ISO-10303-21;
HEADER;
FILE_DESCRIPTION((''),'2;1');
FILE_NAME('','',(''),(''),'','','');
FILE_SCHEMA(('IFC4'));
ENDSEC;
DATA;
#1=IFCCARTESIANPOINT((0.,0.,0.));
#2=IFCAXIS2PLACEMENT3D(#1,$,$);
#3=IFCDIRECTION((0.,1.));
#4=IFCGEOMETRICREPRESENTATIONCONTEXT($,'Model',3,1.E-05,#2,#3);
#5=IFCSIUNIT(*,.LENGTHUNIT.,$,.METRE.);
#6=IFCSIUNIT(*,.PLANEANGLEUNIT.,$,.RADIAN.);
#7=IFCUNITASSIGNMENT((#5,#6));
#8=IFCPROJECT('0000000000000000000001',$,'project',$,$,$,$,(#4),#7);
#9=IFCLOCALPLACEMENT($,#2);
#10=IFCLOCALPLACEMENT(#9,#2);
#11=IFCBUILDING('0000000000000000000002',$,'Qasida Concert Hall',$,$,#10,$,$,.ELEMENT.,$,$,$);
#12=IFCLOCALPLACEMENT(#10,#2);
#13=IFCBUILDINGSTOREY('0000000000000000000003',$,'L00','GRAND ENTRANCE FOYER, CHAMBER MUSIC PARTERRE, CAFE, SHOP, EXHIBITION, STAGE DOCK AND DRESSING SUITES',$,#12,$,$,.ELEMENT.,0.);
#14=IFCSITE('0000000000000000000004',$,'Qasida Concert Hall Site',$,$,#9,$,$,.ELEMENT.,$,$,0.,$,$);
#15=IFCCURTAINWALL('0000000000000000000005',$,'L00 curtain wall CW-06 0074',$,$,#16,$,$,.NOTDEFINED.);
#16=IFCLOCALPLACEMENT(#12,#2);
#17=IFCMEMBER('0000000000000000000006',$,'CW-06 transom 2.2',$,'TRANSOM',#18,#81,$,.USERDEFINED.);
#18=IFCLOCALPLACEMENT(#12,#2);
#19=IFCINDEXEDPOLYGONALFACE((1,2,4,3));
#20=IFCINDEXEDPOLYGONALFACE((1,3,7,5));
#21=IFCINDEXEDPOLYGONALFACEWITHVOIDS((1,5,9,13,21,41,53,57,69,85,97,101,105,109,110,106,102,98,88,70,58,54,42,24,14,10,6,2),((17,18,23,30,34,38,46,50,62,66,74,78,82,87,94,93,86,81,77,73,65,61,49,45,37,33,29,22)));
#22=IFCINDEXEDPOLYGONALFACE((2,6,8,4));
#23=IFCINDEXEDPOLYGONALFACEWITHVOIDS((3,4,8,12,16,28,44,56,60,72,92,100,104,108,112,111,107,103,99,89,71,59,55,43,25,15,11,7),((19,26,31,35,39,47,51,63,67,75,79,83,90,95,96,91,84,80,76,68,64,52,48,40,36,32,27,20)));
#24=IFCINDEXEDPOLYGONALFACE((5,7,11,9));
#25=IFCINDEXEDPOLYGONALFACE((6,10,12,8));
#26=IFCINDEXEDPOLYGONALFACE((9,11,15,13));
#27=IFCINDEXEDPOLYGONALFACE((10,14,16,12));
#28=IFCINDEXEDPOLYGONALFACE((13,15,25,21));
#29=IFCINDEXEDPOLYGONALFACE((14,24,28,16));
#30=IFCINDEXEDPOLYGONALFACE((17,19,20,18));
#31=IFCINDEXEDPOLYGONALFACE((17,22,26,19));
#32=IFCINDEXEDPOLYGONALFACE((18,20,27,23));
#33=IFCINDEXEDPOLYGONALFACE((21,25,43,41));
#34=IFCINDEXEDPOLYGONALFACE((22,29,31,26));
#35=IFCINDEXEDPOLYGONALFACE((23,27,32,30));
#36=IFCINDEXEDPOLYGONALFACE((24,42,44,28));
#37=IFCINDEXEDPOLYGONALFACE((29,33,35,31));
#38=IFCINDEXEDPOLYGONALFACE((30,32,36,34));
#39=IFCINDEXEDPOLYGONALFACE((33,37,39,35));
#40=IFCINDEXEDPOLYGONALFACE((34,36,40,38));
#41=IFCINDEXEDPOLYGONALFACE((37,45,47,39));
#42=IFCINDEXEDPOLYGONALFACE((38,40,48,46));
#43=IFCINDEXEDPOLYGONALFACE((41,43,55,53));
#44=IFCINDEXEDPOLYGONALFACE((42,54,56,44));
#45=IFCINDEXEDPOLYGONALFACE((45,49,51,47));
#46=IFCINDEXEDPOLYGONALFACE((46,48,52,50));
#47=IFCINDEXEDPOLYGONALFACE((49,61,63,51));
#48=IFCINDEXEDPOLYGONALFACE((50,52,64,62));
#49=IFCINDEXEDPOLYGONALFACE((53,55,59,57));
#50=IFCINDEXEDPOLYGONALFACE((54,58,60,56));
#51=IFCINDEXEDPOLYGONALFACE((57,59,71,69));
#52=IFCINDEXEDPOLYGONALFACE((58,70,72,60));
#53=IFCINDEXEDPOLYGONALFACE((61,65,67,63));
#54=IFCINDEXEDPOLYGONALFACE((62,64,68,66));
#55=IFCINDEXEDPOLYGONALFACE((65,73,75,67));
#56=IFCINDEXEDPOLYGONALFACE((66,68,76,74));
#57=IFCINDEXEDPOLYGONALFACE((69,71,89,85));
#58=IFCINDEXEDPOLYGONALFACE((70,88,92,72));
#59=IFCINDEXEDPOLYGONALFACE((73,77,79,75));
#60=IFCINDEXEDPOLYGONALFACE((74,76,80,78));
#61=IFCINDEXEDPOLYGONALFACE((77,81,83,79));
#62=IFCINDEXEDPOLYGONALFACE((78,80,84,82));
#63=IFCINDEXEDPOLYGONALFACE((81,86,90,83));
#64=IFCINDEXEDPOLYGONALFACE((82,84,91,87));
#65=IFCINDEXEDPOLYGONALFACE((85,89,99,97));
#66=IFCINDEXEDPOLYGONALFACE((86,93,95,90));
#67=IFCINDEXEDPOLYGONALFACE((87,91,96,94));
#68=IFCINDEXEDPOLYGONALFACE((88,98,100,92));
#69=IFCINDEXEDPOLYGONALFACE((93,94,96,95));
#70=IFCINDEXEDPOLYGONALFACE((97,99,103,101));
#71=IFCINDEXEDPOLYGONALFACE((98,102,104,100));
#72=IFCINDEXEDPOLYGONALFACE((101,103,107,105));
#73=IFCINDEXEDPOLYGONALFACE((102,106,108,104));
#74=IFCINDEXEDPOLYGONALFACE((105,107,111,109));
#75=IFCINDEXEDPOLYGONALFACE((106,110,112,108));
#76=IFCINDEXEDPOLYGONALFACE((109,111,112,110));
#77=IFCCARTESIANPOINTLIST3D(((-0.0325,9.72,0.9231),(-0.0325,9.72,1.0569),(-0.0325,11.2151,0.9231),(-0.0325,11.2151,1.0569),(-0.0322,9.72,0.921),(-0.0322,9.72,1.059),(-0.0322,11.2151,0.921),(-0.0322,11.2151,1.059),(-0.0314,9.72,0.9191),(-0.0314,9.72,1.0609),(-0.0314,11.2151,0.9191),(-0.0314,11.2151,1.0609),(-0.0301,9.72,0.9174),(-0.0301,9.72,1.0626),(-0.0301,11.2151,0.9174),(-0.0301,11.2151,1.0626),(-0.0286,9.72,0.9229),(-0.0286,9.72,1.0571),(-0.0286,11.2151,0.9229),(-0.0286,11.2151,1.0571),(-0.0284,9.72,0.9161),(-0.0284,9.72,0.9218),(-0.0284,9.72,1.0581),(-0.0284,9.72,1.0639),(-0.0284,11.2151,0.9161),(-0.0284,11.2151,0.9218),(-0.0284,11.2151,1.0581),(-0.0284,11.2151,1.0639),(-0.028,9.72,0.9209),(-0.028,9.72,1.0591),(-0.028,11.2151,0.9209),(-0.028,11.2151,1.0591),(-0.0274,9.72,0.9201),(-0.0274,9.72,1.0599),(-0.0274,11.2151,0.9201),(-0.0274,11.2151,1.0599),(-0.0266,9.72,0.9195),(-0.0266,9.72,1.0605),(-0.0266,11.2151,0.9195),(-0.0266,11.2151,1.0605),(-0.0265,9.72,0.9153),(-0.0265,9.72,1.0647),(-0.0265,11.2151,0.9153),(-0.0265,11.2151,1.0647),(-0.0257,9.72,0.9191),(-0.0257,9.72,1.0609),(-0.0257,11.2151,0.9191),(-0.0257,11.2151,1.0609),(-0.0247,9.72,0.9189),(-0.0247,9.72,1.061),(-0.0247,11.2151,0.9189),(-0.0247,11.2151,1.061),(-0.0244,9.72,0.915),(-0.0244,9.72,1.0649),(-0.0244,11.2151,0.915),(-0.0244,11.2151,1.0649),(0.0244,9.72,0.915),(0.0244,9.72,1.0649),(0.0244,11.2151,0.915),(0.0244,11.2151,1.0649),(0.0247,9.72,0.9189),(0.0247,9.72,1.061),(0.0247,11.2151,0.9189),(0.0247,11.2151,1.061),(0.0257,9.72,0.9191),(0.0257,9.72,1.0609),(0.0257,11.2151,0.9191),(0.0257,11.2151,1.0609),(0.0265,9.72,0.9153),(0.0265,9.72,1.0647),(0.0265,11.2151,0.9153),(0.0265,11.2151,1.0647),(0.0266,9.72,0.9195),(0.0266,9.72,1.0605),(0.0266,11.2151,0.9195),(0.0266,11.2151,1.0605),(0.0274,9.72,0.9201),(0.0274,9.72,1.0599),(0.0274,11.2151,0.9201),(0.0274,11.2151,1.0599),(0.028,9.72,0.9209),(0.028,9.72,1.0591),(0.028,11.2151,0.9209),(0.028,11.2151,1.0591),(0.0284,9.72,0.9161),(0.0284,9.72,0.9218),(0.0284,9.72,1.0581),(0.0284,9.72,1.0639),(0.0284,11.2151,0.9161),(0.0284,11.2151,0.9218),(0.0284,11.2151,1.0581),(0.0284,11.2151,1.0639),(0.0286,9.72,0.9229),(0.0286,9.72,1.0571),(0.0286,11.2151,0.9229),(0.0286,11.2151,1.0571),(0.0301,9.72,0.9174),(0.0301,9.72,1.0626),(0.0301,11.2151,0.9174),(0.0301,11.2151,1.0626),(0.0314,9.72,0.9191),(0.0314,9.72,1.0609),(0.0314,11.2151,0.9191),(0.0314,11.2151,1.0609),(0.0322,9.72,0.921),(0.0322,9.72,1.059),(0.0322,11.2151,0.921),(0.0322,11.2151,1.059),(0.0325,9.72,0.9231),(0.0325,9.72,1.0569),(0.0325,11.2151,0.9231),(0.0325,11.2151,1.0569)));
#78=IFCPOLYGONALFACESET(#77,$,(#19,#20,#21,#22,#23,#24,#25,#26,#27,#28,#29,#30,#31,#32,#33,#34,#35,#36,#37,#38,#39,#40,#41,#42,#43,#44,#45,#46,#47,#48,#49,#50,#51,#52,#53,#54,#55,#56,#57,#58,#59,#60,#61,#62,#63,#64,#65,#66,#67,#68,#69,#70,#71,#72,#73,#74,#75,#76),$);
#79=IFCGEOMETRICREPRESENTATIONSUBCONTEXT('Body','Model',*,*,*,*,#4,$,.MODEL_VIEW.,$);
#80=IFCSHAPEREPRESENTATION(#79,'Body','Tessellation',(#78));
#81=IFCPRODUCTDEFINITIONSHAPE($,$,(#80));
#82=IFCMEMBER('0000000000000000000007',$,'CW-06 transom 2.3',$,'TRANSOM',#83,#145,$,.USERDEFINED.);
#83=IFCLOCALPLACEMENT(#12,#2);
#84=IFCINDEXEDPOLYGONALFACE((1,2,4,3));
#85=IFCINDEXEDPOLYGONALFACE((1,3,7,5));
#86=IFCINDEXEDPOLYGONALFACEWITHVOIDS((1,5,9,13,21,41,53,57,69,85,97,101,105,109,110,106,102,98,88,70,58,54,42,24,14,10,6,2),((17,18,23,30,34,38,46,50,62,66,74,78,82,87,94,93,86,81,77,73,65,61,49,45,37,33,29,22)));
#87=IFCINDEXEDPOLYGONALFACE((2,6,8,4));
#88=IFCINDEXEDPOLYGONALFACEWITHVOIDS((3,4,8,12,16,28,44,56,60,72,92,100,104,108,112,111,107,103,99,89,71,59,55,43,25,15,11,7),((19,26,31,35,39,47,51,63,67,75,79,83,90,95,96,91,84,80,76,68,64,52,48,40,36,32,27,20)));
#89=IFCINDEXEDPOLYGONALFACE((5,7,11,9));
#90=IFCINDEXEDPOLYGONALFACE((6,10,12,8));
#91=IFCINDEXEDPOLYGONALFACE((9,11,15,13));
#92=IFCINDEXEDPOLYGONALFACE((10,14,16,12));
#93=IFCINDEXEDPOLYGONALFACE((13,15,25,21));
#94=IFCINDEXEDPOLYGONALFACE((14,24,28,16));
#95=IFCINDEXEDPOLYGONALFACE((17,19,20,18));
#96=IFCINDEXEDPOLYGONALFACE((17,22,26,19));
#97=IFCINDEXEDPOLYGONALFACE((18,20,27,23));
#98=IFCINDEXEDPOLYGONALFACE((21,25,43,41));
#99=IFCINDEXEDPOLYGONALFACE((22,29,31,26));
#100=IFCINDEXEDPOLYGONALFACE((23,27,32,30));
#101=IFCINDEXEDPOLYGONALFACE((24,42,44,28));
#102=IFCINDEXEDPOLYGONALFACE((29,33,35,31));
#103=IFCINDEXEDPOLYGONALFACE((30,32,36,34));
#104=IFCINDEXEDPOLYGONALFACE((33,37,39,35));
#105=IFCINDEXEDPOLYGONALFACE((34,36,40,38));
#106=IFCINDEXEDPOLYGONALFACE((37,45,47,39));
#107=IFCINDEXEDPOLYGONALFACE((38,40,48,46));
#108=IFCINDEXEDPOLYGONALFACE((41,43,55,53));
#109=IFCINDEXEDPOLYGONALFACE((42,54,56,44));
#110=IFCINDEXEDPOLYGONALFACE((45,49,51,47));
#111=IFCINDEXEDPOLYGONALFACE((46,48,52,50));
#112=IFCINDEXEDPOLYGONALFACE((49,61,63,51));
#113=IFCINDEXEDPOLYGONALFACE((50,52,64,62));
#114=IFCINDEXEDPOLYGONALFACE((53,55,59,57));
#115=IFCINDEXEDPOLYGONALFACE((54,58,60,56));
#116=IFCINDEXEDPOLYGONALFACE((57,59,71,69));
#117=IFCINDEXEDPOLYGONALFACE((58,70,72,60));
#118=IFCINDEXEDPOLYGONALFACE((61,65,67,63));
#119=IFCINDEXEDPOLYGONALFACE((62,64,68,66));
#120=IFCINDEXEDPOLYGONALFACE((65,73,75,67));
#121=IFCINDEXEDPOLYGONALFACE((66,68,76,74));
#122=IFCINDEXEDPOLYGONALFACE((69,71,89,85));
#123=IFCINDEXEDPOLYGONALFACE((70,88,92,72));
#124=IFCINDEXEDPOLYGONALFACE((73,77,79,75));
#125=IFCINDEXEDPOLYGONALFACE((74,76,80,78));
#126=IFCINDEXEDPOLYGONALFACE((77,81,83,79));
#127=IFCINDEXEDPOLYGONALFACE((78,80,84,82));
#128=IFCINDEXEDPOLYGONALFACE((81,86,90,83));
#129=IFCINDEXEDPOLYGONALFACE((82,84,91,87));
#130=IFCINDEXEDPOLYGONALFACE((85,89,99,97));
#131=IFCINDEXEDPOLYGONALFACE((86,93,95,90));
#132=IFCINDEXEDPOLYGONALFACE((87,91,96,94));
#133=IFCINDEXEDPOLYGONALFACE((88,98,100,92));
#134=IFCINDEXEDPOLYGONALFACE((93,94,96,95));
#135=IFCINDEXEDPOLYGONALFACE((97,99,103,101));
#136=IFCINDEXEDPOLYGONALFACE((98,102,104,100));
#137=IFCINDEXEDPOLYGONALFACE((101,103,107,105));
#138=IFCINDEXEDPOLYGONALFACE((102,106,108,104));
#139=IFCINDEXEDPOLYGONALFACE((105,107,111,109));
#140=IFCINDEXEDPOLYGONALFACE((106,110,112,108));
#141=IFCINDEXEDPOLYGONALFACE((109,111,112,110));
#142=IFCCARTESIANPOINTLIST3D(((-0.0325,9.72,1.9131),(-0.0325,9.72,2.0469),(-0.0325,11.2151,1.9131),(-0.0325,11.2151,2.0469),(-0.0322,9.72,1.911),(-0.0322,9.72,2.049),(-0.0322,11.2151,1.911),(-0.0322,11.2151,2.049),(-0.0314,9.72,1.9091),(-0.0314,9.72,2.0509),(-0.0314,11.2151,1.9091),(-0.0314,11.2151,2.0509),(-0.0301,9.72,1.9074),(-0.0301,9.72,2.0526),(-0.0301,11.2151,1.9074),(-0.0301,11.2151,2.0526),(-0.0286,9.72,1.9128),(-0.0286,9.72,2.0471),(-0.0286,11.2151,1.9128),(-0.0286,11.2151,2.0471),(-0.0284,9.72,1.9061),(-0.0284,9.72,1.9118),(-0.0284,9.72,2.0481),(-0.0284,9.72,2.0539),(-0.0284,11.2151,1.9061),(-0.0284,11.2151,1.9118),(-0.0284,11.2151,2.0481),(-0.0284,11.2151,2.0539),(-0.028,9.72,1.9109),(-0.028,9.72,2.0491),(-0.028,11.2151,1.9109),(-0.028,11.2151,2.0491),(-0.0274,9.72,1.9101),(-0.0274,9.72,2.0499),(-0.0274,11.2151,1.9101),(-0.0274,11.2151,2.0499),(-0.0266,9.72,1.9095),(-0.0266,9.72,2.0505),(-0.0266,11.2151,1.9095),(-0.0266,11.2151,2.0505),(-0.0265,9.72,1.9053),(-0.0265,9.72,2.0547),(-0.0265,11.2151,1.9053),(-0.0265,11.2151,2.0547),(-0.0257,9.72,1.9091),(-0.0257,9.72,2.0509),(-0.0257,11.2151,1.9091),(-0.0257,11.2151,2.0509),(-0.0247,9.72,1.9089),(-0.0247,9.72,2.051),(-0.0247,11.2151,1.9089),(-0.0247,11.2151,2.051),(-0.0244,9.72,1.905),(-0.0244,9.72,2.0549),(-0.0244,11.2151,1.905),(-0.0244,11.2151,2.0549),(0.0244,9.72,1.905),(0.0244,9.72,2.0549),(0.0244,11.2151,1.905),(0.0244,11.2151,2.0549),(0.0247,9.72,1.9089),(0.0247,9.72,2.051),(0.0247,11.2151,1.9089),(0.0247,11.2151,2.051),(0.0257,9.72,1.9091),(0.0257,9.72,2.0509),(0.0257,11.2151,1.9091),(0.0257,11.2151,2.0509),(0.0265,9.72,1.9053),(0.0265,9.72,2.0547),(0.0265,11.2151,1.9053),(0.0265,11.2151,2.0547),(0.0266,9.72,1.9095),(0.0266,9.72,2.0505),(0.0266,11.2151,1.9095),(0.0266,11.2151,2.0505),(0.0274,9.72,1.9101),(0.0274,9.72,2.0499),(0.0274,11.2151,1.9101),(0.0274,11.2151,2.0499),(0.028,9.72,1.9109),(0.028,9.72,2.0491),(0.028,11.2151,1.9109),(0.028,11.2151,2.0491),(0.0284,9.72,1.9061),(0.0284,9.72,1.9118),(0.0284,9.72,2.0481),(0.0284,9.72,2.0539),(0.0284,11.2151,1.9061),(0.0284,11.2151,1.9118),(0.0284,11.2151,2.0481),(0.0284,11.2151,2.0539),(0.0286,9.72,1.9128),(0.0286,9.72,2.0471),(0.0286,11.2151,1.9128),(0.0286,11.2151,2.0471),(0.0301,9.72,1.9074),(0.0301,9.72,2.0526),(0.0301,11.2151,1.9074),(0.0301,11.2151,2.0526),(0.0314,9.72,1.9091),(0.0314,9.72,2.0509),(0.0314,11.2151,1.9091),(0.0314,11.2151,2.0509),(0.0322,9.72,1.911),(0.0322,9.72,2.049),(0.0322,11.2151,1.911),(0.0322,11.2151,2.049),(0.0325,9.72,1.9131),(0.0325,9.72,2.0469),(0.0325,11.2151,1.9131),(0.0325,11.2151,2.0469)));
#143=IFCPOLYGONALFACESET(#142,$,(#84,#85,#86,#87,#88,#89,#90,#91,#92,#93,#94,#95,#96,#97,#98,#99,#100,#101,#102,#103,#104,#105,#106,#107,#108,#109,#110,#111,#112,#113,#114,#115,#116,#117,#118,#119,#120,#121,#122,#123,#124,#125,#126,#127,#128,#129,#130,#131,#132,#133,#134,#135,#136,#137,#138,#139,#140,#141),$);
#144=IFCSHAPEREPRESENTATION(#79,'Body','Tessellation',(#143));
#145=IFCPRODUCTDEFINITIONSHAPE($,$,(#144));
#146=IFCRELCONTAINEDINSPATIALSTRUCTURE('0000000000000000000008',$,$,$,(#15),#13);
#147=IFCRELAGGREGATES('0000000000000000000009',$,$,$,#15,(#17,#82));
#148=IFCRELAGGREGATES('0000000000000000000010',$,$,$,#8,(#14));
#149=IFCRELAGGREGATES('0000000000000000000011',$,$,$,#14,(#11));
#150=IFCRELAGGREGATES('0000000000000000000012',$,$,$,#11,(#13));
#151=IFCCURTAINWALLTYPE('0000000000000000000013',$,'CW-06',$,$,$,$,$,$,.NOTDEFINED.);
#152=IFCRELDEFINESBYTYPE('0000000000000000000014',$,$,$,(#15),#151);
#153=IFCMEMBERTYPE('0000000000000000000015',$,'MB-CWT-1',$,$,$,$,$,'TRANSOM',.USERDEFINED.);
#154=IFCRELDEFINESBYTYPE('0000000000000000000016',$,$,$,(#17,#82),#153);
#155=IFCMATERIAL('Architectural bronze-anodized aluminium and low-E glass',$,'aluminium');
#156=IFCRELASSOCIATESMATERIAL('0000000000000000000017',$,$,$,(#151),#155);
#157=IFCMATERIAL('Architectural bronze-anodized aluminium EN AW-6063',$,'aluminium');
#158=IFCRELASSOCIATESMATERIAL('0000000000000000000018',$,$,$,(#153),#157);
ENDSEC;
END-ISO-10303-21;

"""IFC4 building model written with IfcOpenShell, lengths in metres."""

from ifc_helpers import new_model, si_unit, direction, frame, origin, origin_2d, place, context, subcontext, project, spatial, hollow_rectangle, extrude, material, material_profile, profile_set, type_object, element, aggregate, save


model = new_model("IFC4")

# Units and contexts
model_context = context("Model", 3, precision=1e-05, world=origin(), true_north=direction((0.0, 1.0)))
body_context = subcontext(model_context, "Body", "Model", "MODEL_VIEW")
ifc_project = project(units=[si_unit("LENGTHUNIT", "METRE"), si_unit("PLANEANGLEUNIT", "RADIAN")], contexts=[model_context])

# Site, building, storey
site_placement = place(None, origin())
site = spatial("IfcSite", under=ifc_project, at=site_placement, Name="Qasida Concert Hall Site", CompositionType="ELEMENT", RefElevation=0.0)
building_placement = place(site_placement, origin())
building = spatial("IfcBuilding", under=site, at=building_placement, Name="Qasida Concert Hall", CompositionType="ELEMENT")
storey_placement = place(building_placement, origin())
storey = spatial("IfcBuildingStorey", under=building, at=storey_placement, Name="L00", Description="GRAND ENTRANCE FOYER, CHAMBER MUSIC PARTERRE, CAFE, SHOP, EXHIBITION, STAGE DOCK AND DRESSING SUITES", CompositionType="ELEMENT", Elevation=0.0)

# Curtain wall, members
ifc_material_1 = material(Name="Architectural bronze-anodized aluminium and low-E glass", Category="aluminium")
curtain_wall_type = type_object("IfcCurtainWallType", Name="CW-06", PredefinedType="NOTDEFINED", material=ifc_material_1)
curtain_wall_placement = place(storey_placement, origin())
curtain_wall = element("IfcCurtainWall", 1, at=curtain_wall_placement, inside=storey, type_object=curtain_wall_type, Name="L00 curtain wall CW-06 0074", PredefinedType="NOTDEFINED")
ifc_material_2 = material(Name="Architectural bronze-anodized aluminium EN AW-6063", Category="aluminium")
ifc_material_profile_1 = material_profile(ifc_material_2, hollow_rectangle(XDim=0.0649, YDim=0.1499, WallThickness=0.0039, InnerFilletRadius=0.0039, OuterFilletRadius=0.0081, at=origin_2d()), Name="CWT 150x65x4")
ifc_profile_set_1 = profile_set([ifc_material_profile_1], Name="Architectural bronze-anodized aluminium EN AW-6063")
member_type_1 = type_object("IfcMemberType", Name="MB-CWT-1", ElementType="TRANSOM", PredefinedType="USERDEFINED", material=ifc_profile_set_1)
member_1_placement = place(storey_placement, frame((0.0, 9.72, 0.99), z_axis=(0.0, 1.0, 0.0), x_axis=(-1.0, 0.0, 0.0)))
member_1 = element("IfcMember", 2, at=member_1_placement, type_object=member_type_1, Name="CW-06 transom 2.2", ObjectType="TRANSOM", PredefinedType="USERDEFINED", context=body_context, shape_type="SweptSolid", body=[
    extrude(hollow_rectangle(XDim=0.0649, YDim=0.1499, WallThickness=0.0039, InnerFilletRadius=0.0039, OuterFilletRadius=0.0081, at=origin_2d()), origin(), (0.0, 0.0, 1.0), 1.4951),
])
member_2_placement = place(storey_placement, frame((0.0, 9.72, 1.98), z_axis=(0.0, 1.0, 0.0), x_axis=(-1.0, 0.0, 0.0)))
member_2 = element("IfcMember", 3, at=member_2_placement, type_object=member_type_1, Name="CW-06 transom 2.3", ObjectType="TRANSOM", PredefinedType="USERDEFINED", context=body_context, shape_type="SweptSolid", body=[
    extrude(hollow_rectangle(XDim=0.0649, YDim=0.1499, WallThickness=0.0039, InnerFilletRadius=0.0039, OuterFilletRadius=0.0081, at=origin_2d()), origin(), (0.0, 0.0, 1.0), 1.4951),
])
aggregate(curtain_wall, [member_1, member_2])

save(model, "model.ifc")
